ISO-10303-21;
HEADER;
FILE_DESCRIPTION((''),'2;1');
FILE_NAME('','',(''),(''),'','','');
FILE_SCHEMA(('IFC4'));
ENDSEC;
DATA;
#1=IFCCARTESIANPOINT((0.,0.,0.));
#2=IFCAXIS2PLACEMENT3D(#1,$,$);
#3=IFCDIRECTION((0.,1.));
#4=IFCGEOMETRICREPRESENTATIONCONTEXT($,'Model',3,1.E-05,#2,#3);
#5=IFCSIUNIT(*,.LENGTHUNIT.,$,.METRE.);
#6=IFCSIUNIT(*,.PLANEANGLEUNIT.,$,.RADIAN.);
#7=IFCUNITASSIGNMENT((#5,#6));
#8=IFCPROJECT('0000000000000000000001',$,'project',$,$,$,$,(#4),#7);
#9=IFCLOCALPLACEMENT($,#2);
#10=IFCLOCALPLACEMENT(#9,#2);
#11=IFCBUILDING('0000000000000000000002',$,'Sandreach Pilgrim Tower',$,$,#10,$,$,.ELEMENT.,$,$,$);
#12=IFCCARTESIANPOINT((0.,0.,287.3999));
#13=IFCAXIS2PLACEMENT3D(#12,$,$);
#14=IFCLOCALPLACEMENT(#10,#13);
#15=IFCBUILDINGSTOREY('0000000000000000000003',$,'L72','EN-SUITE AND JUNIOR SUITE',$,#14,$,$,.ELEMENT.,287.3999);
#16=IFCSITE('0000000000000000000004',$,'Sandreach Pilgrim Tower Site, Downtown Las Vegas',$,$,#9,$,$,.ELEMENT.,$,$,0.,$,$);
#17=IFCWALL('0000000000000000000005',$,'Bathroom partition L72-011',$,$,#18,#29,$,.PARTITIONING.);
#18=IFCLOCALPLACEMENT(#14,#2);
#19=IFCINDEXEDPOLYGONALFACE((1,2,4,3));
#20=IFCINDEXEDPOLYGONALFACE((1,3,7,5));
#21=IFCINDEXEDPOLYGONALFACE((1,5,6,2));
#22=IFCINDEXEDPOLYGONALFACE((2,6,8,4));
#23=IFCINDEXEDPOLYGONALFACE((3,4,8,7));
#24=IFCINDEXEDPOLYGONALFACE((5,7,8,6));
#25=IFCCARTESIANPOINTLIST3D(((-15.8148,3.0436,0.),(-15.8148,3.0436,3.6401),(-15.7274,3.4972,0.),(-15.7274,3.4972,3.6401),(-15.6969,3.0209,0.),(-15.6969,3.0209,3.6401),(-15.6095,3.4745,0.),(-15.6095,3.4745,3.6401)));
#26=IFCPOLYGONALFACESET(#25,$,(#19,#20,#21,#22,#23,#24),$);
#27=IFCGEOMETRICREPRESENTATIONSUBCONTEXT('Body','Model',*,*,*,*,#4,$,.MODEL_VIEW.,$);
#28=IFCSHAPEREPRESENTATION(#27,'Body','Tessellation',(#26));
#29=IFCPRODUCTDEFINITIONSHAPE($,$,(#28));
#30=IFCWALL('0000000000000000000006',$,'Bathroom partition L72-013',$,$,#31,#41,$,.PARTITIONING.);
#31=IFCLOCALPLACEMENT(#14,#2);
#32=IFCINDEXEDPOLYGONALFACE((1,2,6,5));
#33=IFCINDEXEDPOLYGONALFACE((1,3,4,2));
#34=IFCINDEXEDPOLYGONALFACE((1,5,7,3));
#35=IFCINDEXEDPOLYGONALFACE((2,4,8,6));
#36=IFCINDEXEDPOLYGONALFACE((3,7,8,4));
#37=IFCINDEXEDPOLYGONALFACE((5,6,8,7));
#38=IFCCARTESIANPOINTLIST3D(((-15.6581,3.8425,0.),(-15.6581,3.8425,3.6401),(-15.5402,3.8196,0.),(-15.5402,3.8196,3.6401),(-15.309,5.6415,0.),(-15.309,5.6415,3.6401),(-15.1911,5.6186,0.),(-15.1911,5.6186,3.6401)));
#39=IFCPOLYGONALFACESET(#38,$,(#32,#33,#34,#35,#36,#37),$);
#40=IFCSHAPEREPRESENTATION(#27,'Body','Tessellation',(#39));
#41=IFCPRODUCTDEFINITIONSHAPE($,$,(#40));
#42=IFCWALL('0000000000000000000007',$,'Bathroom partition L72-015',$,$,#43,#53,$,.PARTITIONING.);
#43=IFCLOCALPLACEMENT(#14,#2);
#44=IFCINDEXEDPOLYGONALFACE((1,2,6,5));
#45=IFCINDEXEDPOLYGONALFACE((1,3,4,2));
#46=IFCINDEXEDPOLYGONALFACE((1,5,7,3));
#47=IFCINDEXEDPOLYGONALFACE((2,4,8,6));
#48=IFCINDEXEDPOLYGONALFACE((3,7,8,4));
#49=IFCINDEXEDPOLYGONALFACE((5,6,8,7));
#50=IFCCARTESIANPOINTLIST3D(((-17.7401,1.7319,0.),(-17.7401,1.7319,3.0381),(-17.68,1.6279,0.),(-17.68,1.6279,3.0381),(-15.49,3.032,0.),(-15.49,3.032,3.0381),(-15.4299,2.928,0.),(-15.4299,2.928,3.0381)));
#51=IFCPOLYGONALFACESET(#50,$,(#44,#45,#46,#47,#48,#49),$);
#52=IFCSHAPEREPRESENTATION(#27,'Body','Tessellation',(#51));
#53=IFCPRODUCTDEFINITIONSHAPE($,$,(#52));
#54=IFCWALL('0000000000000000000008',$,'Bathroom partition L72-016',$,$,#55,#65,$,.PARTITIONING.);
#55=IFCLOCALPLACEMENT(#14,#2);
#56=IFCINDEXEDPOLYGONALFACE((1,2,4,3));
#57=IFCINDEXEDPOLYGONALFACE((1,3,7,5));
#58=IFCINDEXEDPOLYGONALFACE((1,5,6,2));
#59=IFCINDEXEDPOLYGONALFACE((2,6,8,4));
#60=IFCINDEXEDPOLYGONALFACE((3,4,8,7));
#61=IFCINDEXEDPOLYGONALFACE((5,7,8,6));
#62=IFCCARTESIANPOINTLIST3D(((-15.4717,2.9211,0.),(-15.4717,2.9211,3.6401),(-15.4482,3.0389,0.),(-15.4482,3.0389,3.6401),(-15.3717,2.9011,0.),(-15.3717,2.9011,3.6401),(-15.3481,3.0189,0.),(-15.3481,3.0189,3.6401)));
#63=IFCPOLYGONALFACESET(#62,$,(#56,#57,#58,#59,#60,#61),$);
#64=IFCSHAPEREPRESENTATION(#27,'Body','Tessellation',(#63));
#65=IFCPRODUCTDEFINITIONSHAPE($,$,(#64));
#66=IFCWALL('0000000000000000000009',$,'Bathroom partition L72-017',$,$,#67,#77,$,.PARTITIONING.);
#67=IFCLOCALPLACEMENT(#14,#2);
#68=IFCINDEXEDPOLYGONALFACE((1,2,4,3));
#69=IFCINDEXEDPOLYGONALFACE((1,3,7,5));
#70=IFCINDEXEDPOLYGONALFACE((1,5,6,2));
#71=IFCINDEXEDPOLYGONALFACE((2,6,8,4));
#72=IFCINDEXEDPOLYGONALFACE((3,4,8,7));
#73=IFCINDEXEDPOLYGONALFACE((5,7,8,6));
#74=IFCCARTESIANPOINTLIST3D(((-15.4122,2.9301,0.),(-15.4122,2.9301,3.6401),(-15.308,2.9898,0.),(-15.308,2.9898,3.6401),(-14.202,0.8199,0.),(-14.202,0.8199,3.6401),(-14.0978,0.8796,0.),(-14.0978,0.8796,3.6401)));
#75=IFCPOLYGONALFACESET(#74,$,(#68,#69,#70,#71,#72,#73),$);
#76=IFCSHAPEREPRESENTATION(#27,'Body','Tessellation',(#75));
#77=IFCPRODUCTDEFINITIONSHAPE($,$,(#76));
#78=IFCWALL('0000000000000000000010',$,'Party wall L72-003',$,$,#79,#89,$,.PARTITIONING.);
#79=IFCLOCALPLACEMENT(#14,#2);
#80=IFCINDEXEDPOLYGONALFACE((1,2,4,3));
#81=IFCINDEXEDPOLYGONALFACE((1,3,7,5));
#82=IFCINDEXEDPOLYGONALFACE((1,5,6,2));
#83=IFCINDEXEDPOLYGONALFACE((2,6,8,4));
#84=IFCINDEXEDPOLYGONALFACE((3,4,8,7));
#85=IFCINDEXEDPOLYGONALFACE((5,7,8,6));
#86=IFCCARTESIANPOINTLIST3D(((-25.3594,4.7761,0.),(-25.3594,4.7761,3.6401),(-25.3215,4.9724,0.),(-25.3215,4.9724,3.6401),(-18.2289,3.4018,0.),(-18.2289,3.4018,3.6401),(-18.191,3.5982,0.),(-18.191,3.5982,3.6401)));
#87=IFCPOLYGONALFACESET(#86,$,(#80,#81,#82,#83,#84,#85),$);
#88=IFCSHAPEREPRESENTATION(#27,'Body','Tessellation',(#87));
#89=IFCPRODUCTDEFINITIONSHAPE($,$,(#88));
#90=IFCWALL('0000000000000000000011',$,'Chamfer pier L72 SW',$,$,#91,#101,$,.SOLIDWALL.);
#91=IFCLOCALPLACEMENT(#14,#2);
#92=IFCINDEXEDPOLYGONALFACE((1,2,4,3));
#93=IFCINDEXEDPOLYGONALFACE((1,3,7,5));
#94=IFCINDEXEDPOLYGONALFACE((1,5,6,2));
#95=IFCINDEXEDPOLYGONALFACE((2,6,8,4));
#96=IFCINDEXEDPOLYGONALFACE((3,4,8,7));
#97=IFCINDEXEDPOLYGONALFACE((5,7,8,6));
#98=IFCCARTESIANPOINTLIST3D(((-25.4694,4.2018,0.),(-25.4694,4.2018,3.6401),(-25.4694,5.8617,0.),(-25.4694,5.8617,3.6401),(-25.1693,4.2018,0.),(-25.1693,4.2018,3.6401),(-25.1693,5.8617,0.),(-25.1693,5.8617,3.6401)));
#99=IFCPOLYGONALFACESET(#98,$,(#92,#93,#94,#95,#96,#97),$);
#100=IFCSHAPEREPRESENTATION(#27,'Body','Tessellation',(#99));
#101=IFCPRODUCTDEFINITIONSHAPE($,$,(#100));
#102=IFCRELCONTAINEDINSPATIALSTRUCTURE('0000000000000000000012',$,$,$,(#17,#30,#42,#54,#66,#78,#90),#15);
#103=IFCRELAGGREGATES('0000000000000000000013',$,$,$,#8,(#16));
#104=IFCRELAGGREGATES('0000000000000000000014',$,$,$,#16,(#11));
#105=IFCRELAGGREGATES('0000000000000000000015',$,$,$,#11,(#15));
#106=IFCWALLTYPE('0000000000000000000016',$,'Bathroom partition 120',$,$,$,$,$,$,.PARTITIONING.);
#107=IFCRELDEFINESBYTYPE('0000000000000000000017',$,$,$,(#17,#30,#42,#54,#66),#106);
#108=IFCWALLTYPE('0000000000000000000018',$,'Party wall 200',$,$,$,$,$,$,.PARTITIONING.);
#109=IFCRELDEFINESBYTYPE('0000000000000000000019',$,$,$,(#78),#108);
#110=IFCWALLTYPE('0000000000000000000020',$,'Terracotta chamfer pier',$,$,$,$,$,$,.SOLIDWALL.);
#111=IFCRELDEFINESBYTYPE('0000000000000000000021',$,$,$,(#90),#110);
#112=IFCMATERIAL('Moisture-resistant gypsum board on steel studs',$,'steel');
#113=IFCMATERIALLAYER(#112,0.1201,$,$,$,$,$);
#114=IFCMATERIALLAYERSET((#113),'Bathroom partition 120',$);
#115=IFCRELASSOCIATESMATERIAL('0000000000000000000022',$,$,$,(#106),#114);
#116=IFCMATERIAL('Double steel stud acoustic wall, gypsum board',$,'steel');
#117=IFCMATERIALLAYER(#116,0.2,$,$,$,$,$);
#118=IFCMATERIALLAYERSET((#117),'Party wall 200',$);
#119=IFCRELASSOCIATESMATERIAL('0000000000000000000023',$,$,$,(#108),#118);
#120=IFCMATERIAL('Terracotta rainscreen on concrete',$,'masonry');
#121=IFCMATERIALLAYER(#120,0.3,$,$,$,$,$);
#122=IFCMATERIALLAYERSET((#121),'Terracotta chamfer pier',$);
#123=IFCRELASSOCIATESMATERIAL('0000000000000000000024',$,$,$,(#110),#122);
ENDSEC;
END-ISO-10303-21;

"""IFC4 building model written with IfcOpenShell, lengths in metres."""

from ifc_helpers import new_model, si_unit, direction, frame, frame_2d, origin, place, context, subcontext, project, spatial, rectangle, extrude, material, layer, layer_set, type_object, element, save


model = new_model("IFC4")

# Units and contexts
model_context = context("Model", 3, precision=1e-05, world=origin(), true_north=direction((0.0, 1.0)))
body_context = subcontext(model_context, "Body", "Model", "MODEL_VIEW")
ifc_project = project(units=[si_unit("LENGTHUNIT", "METRE"), si_unit("PLANEANGLEUNIT", "RADIAN")], contexts=[model_context])

# Site, building, storey
site_placement = place(None, origin())
site = spatial("IfcSite", under=ifc_project, at=site_placement, Name="Sandreach Pilgrim Tower Site, Downtown Las Vegas", CompositionType="ELEMENT", RefElevation=0.0)
building_placement = place(site_placement, origin())
building = spatial("IfcBuilding", under=site, at=building_placement, Name="Sandreach Pilgrim Tower", CompositionType="ELEMENT")
storey_placement = place(building_placement, frame((0.0, 0.0, 287.3999)))
storey = spatial("IfcBuildingStorey", under=building, at=storey_placement, Name="L72", Description="EN-SUITE AND JUNIOR SUITE", CompositionType="ELEMENT", Elevation=287.3999)

# Shared definitions
ifc_material_1 = material(Name="Moisture-resistant gypsum board on steel studs", Category="steel")
ifc_layer_1 = layer(ifc_material_1, 0.1201)
ifc_layer_set_1 = layer_set([ifc_layer_1], Name="Bathroom partition 120")
wall_type_1 = type_object("IfcWallType", Name="Bathroom partition 120", PredefinedType="PARTITIONING", material=ifc_layer_set_1)

# Walls
wall_1_placement = place(storey_placement, frame((-15.6685, 3.4858, 0.0), z_axis=(0.0, 0.0, 1.0), x_axis=(-0.1892, -0.981939, 0.0)))
element("IfcWall", 1, at=wall_1_placement, inside=storey, type_object=wall_type_1, Name="Bathroom partition L72-011", PredefinedType="PARTITIONING", context=body_context, shape_type="SweptSolid", body=[
    extrude(rectangle(XDim=0.4619, YDim=0.1201, at=frame_2d((0.231, 0.0))), origin(), (0.0, 0.0, 1.0), 3.6401),
])
wall_2_placement = place(storey_placement, frame((-15.5991, 3.8311, 0.0), z_axis=(0.0, 0.0, 1.0), x_axis=(0.190502, 0.981687, 0.0)))
element("IfcWall", 2, at=wall_2_placement, inside=storey, type_object=wall_type_1, Name="Bathroom partition L72-013", PredefinedType="PARTITIONING", context=body_context, shape_type="SweptSolid", body=[
    extrude(rectangle(XDim=1.8325, YDim=0.1201, at=frame_2d((0.9163, 0.0))), origin(), (0.0, 0.0, 1.0), 3.6401),
])
wall_3_placement = place(storey_placement, frame((-15.46, 2.98, 0.0), z_axis=(0.0, 0.0, 1.0), x_axis=(-0.865857, -0.500292, 0.0)))
element("IfcWall", 3, at=wall_3_placement, inside=storey, type_object=wall_type_1, Name="Bathroom partition L72-015", PredefinedType="PARTITIONING", context=body_context, shape_type="SweptSolid", body=[
    extrude(rectangle(XDim=2.5986, YDim=0.1201, at=frame_2d((1.2993, 0.0))), origin(), (0.0, 0.0, 1.0), 3.0381),
])
wall_4_placement = place(storey_placement, frame((-15.46, 2.98, 0.0), z_axis=(0.0, 0.0, 1.0), x_axis=(0.980581, -0.196116, 0.0)))
element("IfcWall", 4, at=wall_4_placement, inside=storey, type_object=wall_type_1, Name="Bathroom partition L72-016", PredefinedType="PARTITIONING", context=body_context, shape_type="SweptSolid", body=[
    extrude(rectangle(XDim=0.1021, YDim=0.1201, at=frame_2d((0.051, 0.0))), origin(), (0.0, 0.0, 1.0), 3.6401),
])
wall_5_placement = place(storey_placement, frame((-15.3601, 2.96, 0.0), z_axis=(0.0, 0.0, 1.0), x_axis=(0.497511, -0.867458, 0.0)))
element("IfcWall", 5, at=wall_5_placement, inside=storey, type_object=wall_type_1, Name="Bathroom partition L72-017", PredefinedType="PARTITIONING", context=body_context, shape_type="SweptSolid", body=[
    extrude(rectangle(XDim=2.4326, YDim=0.1201, at=frame_2d((1.2163, 0.0))), origin(), (0.0, 0.0, 1.0), 3.6401),
])

# Walls
ifc_material_2 = material(Name="Double steel stud acoustic wall, gypsum board", Category="steel")
ifc_layer_2 = layer(ifc_material_2, 0.2)
ifc_layer_set_2 = layer_set([ifc_layer_2], Name="Party wall 200")
wall_type_2 = type_object("IfcWallType", Name="Party wall 200", PredefinedType="PARTITIONING", material=ifc_layer_set_2)
wall_6_placement = place(storey_placement, frame((-18.21, 3.5, 0.0), z_axis=(0.0, 0.0, 1.0), x_axis=(-0.98193, 0.189245, 0.0)))
element("IfcWall", 6, at=wall_6_placement, inside=storey, type_object=wall_type_2, Name="Party wall L72-003", PredefinedType="PARTITIONING", context=body_context, shape_type="SweptSolid", body=[
    extrude(rectangle(XDim=7.2617, YDim=0.2, at=frame_2d((3.6309, 0.0))), origin(), (0.0, 0.0, 1.0), 3.6401),
])
ifc_material_3 = material(Name="Terracotta rainscreen on concrete", Category="masonry")
ifc_layer_3 = layer(ifc_material_3, 0.3)
ifc_layer_set_3 = layer_set([ifc_layer_3], Name="Terracotta chamfer pier")
wall_type_3 = type_object("IfcWallType", Name="Terracotta chamfer pier", PredefinedType="SOLIDWALL", material=ifc_layer_set_3)
wall_7_placement = place(storey_placement, frame((-25.3193, 4.2017, 0.0), z_axis=(0.0, 0.0, 1.0), x_axis=(0.0, 1.0, 0.0)))
element("IfcWall", 7, at=wall_7_placement, inside=storey, type_object=wall_type_3, Name="Chamfer pier L72 SW", PredefinedType="SOLIDWALL", context=body_context, shape_type="SweptSolid", body=[
    extrude(rectangle(XDim=1.6599, YDim=0.3, at=frame_2d((0.8301, 0.0))), origin(), (0.0, 0.0, 1.0), 3.6401),
])

save(model, "model.ifc")
